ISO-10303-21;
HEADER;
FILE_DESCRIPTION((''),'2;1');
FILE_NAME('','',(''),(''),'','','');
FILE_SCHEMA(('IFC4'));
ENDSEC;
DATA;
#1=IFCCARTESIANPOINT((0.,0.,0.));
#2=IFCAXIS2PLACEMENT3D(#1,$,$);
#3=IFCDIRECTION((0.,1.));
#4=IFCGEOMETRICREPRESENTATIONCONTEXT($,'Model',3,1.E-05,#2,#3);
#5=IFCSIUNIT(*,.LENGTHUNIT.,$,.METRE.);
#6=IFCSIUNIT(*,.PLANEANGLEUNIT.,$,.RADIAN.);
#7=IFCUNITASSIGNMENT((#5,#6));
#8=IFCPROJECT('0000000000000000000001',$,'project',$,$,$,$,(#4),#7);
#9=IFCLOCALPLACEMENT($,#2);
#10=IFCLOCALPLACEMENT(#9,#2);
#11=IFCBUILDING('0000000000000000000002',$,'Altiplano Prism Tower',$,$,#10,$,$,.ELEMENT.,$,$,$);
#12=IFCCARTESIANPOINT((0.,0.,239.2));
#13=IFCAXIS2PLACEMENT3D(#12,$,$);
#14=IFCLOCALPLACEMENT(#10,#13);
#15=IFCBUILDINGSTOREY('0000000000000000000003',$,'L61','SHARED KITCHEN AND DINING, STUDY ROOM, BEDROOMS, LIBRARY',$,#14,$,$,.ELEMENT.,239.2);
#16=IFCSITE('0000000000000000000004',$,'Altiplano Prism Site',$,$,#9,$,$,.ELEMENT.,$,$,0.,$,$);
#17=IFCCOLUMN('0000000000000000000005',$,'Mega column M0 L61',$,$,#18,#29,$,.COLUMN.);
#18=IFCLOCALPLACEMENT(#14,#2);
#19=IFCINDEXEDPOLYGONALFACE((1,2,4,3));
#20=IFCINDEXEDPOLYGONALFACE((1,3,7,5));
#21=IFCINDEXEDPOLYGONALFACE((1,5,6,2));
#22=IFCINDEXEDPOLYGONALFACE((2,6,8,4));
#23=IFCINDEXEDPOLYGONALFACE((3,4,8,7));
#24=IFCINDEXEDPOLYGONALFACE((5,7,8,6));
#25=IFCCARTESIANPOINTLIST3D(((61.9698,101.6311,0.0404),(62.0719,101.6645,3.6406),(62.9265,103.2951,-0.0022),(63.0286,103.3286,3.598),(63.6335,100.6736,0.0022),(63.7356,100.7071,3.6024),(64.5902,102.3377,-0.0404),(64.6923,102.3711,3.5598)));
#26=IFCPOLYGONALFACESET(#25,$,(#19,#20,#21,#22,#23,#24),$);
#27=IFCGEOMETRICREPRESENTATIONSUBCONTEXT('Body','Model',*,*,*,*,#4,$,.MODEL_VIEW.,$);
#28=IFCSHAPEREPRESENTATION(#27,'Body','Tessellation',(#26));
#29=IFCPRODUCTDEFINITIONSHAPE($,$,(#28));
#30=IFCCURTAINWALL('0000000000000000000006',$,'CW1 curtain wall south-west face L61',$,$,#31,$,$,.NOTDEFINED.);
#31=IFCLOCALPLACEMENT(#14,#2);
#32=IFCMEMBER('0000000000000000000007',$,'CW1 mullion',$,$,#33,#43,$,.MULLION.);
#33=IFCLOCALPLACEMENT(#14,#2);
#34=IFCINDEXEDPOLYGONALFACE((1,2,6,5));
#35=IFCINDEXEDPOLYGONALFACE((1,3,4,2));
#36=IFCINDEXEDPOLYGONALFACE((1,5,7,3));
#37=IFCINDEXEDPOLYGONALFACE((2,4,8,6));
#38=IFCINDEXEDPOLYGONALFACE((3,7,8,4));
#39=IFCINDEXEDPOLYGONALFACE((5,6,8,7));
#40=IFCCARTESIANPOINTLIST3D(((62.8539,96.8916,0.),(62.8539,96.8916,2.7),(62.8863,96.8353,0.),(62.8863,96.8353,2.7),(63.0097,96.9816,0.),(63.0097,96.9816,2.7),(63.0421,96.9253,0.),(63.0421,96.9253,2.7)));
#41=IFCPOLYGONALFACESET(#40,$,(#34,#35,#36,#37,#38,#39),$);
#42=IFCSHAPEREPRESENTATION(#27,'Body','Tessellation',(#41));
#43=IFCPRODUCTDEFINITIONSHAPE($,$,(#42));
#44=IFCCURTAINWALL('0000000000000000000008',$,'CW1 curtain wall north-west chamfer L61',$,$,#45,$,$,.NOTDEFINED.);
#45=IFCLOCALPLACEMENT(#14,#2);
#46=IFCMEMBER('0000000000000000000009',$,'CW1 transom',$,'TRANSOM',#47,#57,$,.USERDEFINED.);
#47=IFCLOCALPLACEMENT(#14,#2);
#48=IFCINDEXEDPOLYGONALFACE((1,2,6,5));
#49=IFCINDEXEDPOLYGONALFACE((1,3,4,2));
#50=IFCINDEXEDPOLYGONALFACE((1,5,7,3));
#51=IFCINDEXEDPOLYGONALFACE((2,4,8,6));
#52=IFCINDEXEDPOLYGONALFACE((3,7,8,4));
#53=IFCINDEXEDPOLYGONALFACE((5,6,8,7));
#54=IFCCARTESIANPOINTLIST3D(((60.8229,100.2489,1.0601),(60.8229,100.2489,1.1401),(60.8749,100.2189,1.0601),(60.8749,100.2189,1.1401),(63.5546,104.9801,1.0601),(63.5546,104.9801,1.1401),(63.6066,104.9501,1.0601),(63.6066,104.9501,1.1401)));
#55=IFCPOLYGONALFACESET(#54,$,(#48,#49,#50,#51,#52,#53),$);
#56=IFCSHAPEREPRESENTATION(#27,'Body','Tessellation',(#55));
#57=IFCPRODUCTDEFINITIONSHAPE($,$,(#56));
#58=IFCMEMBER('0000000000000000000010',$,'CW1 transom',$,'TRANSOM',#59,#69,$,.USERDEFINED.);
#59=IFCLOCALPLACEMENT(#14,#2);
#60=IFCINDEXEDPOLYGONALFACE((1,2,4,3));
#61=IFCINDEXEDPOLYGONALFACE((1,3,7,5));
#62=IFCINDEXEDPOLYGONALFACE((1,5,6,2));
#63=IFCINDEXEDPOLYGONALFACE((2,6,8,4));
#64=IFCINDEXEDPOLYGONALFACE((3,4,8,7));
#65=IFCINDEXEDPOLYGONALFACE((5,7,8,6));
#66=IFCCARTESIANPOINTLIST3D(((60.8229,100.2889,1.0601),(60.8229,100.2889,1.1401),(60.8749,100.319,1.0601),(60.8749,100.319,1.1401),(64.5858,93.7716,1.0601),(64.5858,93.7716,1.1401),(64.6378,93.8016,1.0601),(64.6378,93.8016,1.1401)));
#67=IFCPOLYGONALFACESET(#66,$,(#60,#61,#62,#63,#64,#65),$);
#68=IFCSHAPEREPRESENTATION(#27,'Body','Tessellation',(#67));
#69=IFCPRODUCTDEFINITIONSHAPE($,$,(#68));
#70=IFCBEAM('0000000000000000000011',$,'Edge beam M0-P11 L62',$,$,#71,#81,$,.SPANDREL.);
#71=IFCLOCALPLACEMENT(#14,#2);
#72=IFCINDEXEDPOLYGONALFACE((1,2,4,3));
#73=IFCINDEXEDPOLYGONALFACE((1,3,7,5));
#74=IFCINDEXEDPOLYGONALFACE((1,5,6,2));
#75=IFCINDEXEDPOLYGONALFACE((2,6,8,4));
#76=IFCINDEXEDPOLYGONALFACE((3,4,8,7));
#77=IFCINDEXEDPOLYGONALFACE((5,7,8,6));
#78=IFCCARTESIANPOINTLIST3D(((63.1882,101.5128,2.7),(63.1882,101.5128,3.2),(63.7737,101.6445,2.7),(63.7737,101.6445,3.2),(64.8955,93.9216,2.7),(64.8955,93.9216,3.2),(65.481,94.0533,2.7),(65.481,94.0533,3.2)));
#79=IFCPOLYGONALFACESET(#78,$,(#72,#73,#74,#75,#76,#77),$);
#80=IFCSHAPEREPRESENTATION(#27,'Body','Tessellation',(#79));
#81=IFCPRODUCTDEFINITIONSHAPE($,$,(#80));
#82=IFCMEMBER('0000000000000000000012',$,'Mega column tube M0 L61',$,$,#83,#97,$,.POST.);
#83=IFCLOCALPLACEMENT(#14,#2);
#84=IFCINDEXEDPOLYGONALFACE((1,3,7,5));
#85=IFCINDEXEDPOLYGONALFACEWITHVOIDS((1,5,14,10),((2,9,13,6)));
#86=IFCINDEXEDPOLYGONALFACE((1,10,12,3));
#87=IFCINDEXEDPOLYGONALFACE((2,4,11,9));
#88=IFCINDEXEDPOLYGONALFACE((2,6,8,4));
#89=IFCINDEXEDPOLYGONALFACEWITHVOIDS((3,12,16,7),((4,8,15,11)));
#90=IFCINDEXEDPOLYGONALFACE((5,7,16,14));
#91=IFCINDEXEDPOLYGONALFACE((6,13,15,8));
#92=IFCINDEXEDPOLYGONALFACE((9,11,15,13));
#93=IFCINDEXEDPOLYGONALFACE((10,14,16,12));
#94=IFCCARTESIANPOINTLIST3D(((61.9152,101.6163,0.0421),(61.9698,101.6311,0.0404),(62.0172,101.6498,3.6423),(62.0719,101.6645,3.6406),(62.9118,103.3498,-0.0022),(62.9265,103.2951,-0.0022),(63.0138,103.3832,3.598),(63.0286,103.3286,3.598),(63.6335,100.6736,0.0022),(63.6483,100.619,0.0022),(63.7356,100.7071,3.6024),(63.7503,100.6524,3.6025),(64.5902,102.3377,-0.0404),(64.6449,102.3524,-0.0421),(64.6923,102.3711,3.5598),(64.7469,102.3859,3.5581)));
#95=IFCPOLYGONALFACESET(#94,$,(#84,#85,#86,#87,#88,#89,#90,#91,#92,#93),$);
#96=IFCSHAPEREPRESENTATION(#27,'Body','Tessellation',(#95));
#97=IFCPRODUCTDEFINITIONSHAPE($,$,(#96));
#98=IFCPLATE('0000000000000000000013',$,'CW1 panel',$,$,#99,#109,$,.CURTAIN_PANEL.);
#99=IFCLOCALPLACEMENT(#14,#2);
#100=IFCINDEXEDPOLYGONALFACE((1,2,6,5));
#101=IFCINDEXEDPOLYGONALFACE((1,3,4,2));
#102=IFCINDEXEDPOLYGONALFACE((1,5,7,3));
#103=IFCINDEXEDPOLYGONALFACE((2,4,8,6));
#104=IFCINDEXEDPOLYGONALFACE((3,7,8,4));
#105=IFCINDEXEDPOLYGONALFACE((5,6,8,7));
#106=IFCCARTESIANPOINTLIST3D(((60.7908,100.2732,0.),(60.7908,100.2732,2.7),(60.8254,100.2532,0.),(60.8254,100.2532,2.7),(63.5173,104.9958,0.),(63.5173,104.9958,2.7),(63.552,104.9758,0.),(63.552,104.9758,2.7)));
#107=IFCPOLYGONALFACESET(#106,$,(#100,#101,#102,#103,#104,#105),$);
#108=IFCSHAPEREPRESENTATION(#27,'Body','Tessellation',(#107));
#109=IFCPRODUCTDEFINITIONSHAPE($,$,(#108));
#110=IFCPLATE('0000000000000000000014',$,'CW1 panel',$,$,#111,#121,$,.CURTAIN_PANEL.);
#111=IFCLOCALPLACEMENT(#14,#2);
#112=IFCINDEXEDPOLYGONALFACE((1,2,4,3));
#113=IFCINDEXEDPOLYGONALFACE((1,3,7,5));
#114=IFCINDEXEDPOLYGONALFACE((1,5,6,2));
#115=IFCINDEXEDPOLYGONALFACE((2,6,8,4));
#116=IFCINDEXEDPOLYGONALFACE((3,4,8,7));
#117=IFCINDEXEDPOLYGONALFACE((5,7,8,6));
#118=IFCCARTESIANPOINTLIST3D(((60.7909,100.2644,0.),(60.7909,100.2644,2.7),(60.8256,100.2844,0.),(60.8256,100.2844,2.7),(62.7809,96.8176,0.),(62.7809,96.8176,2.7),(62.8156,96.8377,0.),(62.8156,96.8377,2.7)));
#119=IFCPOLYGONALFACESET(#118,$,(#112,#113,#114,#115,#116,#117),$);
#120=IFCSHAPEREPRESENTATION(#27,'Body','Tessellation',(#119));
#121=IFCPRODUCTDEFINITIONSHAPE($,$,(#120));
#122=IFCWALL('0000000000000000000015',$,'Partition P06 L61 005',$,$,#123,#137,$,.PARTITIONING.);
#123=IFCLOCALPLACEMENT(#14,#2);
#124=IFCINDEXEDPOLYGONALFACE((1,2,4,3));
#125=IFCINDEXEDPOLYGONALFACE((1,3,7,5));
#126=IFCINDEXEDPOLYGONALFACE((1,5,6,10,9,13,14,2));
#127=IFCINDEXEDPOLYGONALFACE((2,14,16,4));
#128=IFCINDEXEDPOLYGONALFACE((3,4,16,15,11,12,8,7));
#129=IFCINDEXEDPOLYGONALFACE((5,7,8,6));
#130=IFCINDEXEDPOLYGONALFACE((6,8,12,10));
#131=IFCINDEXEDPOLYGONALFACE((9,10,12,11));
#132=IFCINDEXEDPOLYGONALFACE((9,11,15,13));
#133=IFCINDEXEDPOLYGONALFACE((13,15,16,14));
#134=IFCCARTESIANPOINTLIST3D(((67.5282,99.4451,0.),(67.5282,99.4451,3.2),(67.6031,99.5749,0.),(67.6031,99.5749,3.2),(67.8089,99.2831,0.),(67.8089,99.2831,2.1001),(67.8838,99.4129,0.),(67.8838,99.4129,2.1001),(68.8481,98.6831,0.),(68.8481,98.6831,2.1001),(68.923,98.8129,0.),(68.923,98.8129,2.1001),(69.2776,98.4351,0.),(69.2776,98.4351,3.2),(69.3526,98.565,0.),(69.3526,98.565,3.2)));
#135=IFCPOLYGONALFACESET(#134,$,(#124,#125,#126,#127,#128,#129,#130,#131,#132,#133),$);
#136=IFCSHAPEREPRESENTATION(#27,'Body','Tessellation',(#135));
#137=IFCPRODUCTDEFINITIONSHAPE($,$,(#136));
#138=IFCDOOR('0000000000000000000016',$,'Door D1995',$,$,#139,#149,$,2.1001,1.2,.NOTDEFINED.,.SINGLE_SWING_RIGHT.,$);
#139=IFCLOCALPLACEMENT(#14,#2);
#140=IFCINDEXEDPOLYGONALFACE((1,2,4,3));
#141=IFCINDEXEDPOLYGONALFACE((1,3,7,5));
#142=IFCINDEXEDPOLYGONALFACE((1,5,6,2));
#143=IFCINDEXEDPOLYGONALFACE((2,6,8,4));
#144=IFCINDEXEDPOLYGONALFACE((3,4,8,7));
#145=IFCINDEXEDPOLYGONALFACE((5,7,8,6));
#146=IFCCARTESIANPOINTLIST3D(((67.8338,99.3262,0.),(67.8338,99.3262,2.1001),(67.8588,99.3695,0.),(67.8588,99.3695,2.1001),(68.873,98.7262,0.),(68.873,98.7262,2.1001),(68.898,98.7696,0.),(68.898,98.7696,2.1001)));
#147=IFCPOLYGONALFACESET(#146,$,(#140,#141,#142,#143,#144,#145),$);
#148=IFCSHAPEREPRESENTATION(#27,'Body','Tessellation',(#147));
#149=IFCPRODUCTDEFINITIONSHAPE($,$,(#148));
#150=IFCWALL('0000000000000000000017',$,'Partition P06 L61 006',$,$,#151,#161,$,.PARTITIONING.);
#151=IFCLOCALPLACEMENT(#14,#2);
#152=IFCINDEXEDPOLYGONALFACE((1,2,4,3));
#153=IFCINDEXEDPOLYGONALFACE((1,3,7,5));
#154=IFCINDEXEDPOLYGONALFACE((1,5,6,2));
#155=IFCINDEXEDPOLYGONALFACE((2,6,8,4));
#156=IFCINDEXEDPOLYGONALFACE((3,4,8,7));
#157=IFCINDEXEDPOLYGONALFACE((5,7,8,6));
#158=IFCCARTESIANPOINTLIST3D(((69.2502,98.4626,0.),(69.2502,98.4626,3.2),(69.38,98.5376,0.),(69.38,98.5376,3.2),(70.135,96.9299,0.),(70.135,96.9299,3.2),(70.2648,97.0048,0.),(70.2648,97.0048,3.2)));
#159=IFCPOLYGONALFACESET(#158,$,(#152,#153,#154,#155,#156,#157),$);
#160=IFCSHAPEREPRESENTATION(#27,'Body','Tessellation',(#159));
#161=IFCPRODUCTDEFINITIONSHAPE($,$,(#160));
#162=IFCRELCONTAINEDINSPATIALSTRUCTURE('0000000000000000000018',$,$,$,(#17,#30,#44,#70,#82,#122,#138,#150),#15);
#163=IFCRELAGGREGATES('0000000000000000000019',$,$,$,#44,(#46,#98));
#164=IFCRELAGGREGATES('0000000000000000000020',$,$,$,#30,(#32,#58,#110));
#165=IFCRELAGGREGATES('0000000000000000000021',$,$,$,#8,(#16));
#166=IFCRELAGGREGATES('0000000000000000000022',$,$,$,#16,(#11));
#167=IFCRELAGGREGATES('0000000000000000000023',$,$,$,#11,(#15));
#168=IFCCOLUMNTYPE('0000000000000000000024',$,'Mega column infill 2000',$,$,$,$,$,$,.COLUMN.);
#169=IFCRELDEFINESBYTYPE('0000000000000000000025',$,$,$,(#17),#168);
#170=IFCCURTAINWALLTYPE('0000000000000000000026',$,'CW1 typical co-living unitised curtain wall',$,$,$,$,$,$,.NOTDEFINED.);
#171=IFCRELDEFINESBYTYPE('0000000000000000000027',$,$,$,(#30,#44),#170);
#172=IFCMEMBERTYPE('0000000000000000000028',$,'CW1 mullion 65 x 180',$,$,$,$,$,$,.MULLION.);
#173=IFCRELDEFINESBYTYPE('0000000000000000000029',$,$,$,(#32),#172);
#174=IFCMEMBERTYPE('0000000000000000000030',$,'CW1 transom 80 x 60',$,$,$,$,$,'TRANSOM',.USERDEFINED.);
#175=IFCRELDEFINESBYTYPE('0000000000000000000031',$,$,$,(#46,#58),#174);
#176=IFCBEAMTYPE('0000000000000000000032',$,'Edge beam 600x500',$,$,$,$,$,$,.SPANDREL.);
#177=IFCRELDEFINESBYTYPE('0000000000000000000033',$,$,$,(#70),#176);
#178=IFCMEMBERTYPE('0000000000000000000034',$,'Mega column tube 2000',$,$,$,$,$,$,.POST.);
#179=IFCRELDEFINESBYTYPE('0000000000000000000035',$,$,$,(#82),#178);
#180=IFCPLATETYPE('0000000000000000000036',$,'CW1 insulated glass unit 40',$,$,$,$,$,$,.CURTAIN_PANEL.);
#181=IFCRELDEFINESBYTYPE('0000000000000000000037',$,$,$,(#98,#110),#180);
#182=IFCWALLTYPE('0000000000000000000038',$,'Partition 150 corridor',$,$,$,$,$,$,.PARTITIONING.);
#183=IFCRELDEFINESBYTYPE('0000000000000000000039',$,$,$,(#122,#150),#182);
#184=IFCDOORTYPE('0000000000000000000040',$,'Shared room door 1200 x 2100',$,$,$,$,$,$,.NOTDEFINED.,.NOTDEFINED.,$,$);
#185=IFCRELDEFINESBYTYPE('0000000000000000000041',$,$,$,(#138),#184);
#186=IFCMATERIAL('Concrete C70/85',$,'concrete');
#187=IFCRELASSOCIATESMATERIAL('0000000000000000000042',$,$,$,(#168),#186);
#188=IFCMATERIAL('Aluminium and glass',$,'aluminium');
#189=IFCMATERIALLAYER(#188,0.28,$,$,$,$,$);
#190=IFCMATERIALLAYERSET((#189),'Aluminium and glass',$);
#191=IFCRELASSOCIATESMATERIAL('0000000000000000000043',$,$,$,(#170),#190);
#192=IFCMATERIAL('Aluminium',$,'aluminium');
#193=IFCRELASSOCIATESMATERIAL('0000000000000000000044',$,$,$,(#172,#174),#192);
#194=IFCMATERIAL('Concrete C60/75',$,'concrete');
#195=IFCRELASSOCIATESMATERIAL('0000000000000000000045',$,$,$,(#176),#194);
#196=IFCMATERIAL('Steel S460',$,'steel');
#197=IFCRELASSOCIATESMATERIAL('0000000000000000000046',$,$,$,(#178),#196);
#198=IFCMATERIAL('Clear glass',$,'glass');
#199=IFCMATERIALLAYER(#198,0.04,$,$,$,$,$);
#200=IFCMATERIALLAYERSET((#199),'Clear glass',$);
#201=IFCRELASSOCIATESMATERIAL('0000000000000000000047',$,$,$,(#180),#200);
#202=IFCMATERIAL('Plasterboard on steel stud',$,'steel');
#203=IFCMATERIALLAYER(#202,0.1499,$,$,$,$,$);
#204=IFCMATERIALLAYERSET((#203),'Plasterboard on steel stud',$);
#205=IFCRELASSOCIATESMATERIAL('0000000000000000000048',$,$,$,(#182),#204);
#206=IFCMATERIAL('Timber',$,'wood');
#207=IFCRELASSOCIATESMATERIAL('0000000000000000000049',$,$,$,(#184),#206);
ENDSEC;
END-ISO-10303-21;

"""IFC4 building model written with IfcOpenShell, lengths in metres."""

from ifc_helpers import new_model, si_unit, direction, frame, frame_2d, origin, origin_2d, place, context, subcontext, project, spatial, rectangle, hollow_rectangle, extrude, material, layer, layer_set, material_profile, profile_set, type_object, element, fill, aggregate, save


model = new_model("IFC4")

# Units and contexts
model_context = context("Model", 3, precision=1e-05, world=origin(), true_north=direction((0.0, 1.0)))
body_context = subcontext(model_context, "Body", "Model", "MODEL_VIEW")
ifc_project = project(units=[si_unit("LENGTHUNIT", "METRE"), si_unit("PLANEANGLEUNIT", "RADIAN")], contexts=[model_context])

# Site, building, storey
site_placement = place(None, origin())
site = spatial("IfcSite", under=ifc_project, at=site_placement, Name="Altiplano Prism Site", CompositionType="ELEMENT", RefElevation=0.0)
building_placement = place(site_placement, origin())
building = spatial("IfcBuilding", under=site, at=building_placement, Name="Altiplano Prism Tower", CompositionType="ELEMENT")
storey_placement = place(building_placement, frame((0.0, 0.0, 239.2)))
storey = spatial("IfcBuildingStorey", under=building, at=storey_placement, Name="L61", Description="SHARED KITCHEN AND DINING, STUDY ROOM, BEDROOMS, LIBRARY", CompositionType="ELEMENT", Elevation=239.2)

# Column
ifc_material_1 = material(Name="Concrete C70/85", Category="concrete")
ifc_material_profile_1 = material_profile(ifc_material_1, rectangle(XDim=1.9199, YDim=1.9199, at=origin_2d()), Name="Mega column infill 2000")
ifc_profile_set_1 = profile_set([ifc_material_profile_1], Name="Concrete C70/85")
column_type = type_object("IfcColumnType", Name="Mega column infill 2000", PredefinedType="COLUMN", material=ifc_profile_set_1)
column_placement = place(storey_placement, frame((63.28, 101.9844, 0.0), z_axis=(0.028334, 0.009287, 0.999555), x_axis=(-0.866548, 0.498695, 0.019931)))
element("IfcColumn", 1, at=column_placement, inside=storey, type_object=column_type, Name="Mega column M0 L61", PredefinedType="COLUMN", context=body_context, shape_type="SweptSolid", body=[
    extrude(rectangle(XDim=1.9199, YDim=1.9199, at=origin_2d()), origin(), (0.0, 0.0, 1.0), 3.6018),
])

# Curtain walls, members
ifc_material_2 = material(Name="Aluminium and glass", Category="aluminium")
ifc_layer_1 = layer(ifc_material_2, 0.28)
ifc_layer_set_1 = layer_set([ifc_layer_1], Name="Aluminium and glass")
curtain_wall_type = type_object("IfcCurtainWallType", Name="CW1 typical co-living unitised curtain wall", PredefinedType="NOTDEFINED", material=ifc_layer_set_1)
curtain_wall_1_placement = place(storey_placement, origin())
curtain_wall_1 = element("IfcCurtainWall", 2, at=curtain_wall_1_placement, inside=storey, type_object=curtain_wall_type, Name="CW1 curtain wall south-west face L61", PredefinedType="NOTDEFINED")
ifc_material_3 = material(Name="Aluminium", Category="aluminium")
ifc_material_profile_2 = material_profile(ifc_material_3, rectangle(XDim=0.1799, YDim=0.0649, at=origin_2d()), Name="CW1 mullion 65 x 180")
ifc_profile_set_2 = profile_set([ifc_material_profile_2], Name="Aluminium")
member_type_1 = type_object("IfcMemberType", Name="CW1 mullion 65 x 180", PredefinedType="MULLION", material=ifc_profile_set_2)
member_1_placement = place(storey_placement, frame((62.948, 96.9084, 0.0), z_axis=(0.0, 0.0, 1.0), x_axis=(0.866025, 0.5, 0.0)))
member_1 = element("IfcMember", 3, at=member_1_placement, type_object=member_type_1, Name="CW1 mullion", PredefinedType="MULLION", context=body_context, shape_type="SweptSolid", body=[
    extrude(rectangle(XDim=0.1799, YDim=0.0649, at=origin_2d()), origin(), (0.0, 0.0, 1.0), 2.7),
])
curtain_wall_2_placement = place(storey_placement, origin())
curtain_wall_2 = element("IfcCurtainWall", 4, at=curtain_wall_2_placement, inside=storey, type_object=curtain_wall_type, Name="CW1 curtain wall north-west chamfer L61", PredefinedType="NOTDEFINED")
ifc_material_profile_3 = material_profile(ifc_material_3, rectangle(XDim=0.0601, YDim=0.0801, at=origin_2d()), Name="CW1 transom 80 x 60")
ifc_profile_set_3 = profile_set([ifc_material_profile_3], Name="Aluminium")
member_type_2 = type_object("IfcMemberType", Name="CW1 transom 80 x 60", ElementType="TRANSOM", PredefinedType="USERDEFINED", material=ifc_profile_set_3)
member_2_placement = place(storey_placement, frame((63.5806, 104.9651, 1.1001), z_axis=(-0.500018, -0.866015, 0.0), x_axis=(0.866015, -0.500018, 0.0)))
member_2 = element("IfcMember", 5, at=member_2_placement, type_object=member_type_2, Name="CW1 transom", ObjectType="TRANSOM", PredefinedType="USERDEFINED", context=body_context, shape_type="SweptSolid", body=[
    extrude(rectangle(XDim=0.0601, YDim=0.0801, at=origin_2d()), origin(), (0.0, 0.0, 1.0), 5.4631),
])

# Member
member_3_placement = place(storey_placement, frame((60.8489, 100.304, 1.1001), z_axis=(0.500015, -0.866016, 0.0), x_axis=(0.866016, 0.500015, 0.0)))
member_3 = element("IfcMember", 6, at=member_3_placement, type_object=member_type_2, Name="CW1 transom", ObjectType="TRANSOM", PredefinedType="USERDEFINED", context=body_context, shape_type="SweptSolid", body=[
    extrude(rectangle(XDim=0.0601, YDim=0.0801, at=origin_2d()), origin(), (0.0, 0.0, 1.0), 7.5256),
])

# Beam
ifc_material_4 = material(Name="Concrete C60/75", Category="concrete")
ifc_material_profile_4 = material_profile(ifc_material_4, rectangle(XDim=0.6001, YDim=0.5, at=origin_2d()), Name="Edge beam 600x500")
ifc_profile_set_4 = profile_set([ifc_material_profile_4], Name="Concrete C60/75")
beam_type = type_object("IfcBeamType", Name="Edge beam 600x500", PredefinedType="SPANDREL", material=ifc_profile_set_4)
beam_placement = place(storey_placement, frame((63.481, 101.5786, 2.95), z_axis=(0.219425, -0.975629, 0.0), x_axis=(0.975629, 0.219425, 0.0)))
element("IfcBeam", 7, at=beam_placement, inside=storey, type_object=beam_type, Name="Edge beam M0-P11 L62", PredefinedType="SPANDREL", context=body_context, shape_type="SweptSolid", body=[
    extrude(rectangle(XDim=0.6001, YDim=0.5, at=origin_2d()), origin(), (0.0, 0.0, 1.0), 7.7808),
])

# Member
ifc_material_5 = material(Name="Steel S460", Category="steel")
ifc_material_profile_5 = material_profile(ifc_material_5, hollow_rectangle(XDim=2.0, YDim=2.0, WallThickness=0.04, at=origin_2d()), Name="Mega column tube 2000")
ifc_profile_set_5 = profile_set([ifc_material_profile_5], Name="Steel S460")
member_type_3 = type_object("IfcMemberType", Name="Mega column tube 2000", PredefinedType="POST", material=ifc_profile_set_5)
member_4_placement = place(storey_placement, frame((63.28, 101.9844, 0.0), z_axis=(0.028334, 0.009287, 0.999555), x_axis=(-0.866548, 0.498695, 0.019931)))
element("IfcMember", 8, at=member_4_placement, inside=storey, type_object=member_type_3, Name="Mega column tube M0 L61", PredefinedType="POST", context=body_context, shape_type="SweptSolid", body=[
    extrude(hollow_rectangle(XDim=2.0, YDim=2.0, WallThickness=0.04, at=origin_2d()), origin(), (0.0, 0.0, 1.0), 3.6018),
])

# Plates
ifc_material_6 = material(Name="Clear glass", Category="glass")
ifc_layer_2 = layer(ifc_material_6, 0.04)
ifc_layer_set_2 = layer_set([ifc_layer_2], Name="Clear glass")
plate_type = type_object("IfcPlateType", Name="CW1 insulated glass unit 40", PredefinedType="CURTAIN_PANEL", material=ifc_layer_set_2)
plate_1_placement = place(storey_placement, frame((62.1714, 102.6245, 0.0), z_axis=(0.0, 0.0, 1.0), x_axis=(-0.5, -0.866025, 0.0)))
plate_1 = element("IfcPlate", 9, at=plate_1_placement, type_object=plate_type, Name="CW1 panel", PredefinedType="CURTAIN_PANEL", context=body_context, shape_type="SweptSolid", body=[
    extrude(rectangle(XDim=5.4531, YDim=0.04, at=origin_2d()), origin(), (0.0, 0.0, 1.0), 2.7),
])
aggregate(curtain_wall_2, [member_2, plate_1])
plate_2_placement = place(storey_placement, frame((61.8032, 98.551, 0.0), z_axis=(0.0, 0.0, 1.0), x_axis=(0.5, -0.866025, 0.0)))
plate_2 = element("IfcPlate", 10, at=plate_2_placement, type_object=plate_type, Name="CW1 panel", PredefinedType="CURTAIN_PANEL", context=body_context, shape_type="SweptSolid", body=[
    extrude(rectangle(XDim=3.98, YDim=0.04, at=origin_2d()), origin(), (0.0, 0.0, 1.0), 2.7),
])
aggregate(curtain_wall_1, [member_1, member_3, plate_2])

# Wall, opening, door
ifc_material_7 = material(Name="Plasterboard on steel stud", Category="steel")
ifc_layer_3 = layer(ifc_material_7, 0.1499)
ifc_layer_set_3 = layer_set([ifc_layer_3], Name="Plasterboard on steel stud")
wall_type_1 = type_object("IfcWallType", Name="Partition 150 corridor", PredefinedType="PARTITIONING", material=ifc_layer_set_3)
wall_1_placement = place(storey_placement, frame((67.5657, 99.51, 0.0), z_axis=(0.0, 0.0, 1.0), x_axis=(0.866041, -0.499974, 0.0)))
wall_1 = element("IfcWall", 11, at=wall_1_placement, inside=storey, type_object=wall_type_1, Name="Partition P06 L61 005", PredefinedType="PARTITIONING", context=body_context, shape_type="SweptSolid", body=[
    extrude(rectangle(XDim=2.02, YDim=0.1499, at=frame_2d((1.01, 0.0))), origin(), (0.0, 0.0, 1.0), 3.2),
])
opening_1_placement = place(wall_1_placement, frame((0.324, 0.0, 0.0)))
opening_1 = element("IfcOpeningElement", 12, at=opening_1_placement, cuts=wall_1, PredefinedType="OPENING", context=body_context, shape_type="SweptSolid", body=[
    extrude(rectangle(XDim=1.2, YDim=2.1001, at=frame_2d((0.6001, 1.05))), frame((0.0, 0.0854, 0.0), z_axis=(0.0, -1.0, 0.0), x_axis=(1.0, 0.0, 0.0)), (0.0, 0.0, 1.0), 0.1709),
])
ifc_material_8 = material(Name="Timber", Category="wood")
door_type_1 = type_object("IfcDoorType", Name="Shared room door 1200 x 2100", OperationType="NOTDEFINED", PredefinedType="NOTDEFINED", material=ifc_material_8)
door_1_placement = place(opening_1_placement, origin())
door_1 = element("IfcDoor", 13, at=door_1_placement, inside=storey, type_object=door_type_1, Name="Door D1995", OperationType="SINGLE_SWING_RIGHT", OverallHeight=2.1001, OverallWidth=1.2, PredefinedType="NOTDEFINED", context=body_context, shape_type="SweptSolid", body=[
    extrude(rectangle(XDim=1.2, YDim=2.1001, at=frame_2d((0.6001, 1.05))), frame((0.0, 0.0249, 0.0), z_axis=(0.0, -1.0, 0.0), x_axis=(1.0, 0.0, 0.0)), (0.0, 0.0, 1.0), 0.05),
])
fill(opening_1, door_1)

# Wall
wall_2_placement = place(storey_placement, frame((69.3152, 98.5, 0.0), z_axis=(0.0, 0.0, 1.0), x_axis=(0.499937, -0.866062, 0.0)))
element("IfcWall", 14, at=wall_2_placement, inside=storey, type_object=wall_type_1, Name="Partition P06 L61 006", PredefinedType="PARTITIONING", context=body_context, shape_type="SweptSolid", body=[
    extrude(rectangle(XDim=1.7698, YDim=0.1499, at=frame_2d((0.8848, 0.0))), origin(), (0.0, 0.0, 1.0), 3.2),
])

save(model, "model.ifc")
